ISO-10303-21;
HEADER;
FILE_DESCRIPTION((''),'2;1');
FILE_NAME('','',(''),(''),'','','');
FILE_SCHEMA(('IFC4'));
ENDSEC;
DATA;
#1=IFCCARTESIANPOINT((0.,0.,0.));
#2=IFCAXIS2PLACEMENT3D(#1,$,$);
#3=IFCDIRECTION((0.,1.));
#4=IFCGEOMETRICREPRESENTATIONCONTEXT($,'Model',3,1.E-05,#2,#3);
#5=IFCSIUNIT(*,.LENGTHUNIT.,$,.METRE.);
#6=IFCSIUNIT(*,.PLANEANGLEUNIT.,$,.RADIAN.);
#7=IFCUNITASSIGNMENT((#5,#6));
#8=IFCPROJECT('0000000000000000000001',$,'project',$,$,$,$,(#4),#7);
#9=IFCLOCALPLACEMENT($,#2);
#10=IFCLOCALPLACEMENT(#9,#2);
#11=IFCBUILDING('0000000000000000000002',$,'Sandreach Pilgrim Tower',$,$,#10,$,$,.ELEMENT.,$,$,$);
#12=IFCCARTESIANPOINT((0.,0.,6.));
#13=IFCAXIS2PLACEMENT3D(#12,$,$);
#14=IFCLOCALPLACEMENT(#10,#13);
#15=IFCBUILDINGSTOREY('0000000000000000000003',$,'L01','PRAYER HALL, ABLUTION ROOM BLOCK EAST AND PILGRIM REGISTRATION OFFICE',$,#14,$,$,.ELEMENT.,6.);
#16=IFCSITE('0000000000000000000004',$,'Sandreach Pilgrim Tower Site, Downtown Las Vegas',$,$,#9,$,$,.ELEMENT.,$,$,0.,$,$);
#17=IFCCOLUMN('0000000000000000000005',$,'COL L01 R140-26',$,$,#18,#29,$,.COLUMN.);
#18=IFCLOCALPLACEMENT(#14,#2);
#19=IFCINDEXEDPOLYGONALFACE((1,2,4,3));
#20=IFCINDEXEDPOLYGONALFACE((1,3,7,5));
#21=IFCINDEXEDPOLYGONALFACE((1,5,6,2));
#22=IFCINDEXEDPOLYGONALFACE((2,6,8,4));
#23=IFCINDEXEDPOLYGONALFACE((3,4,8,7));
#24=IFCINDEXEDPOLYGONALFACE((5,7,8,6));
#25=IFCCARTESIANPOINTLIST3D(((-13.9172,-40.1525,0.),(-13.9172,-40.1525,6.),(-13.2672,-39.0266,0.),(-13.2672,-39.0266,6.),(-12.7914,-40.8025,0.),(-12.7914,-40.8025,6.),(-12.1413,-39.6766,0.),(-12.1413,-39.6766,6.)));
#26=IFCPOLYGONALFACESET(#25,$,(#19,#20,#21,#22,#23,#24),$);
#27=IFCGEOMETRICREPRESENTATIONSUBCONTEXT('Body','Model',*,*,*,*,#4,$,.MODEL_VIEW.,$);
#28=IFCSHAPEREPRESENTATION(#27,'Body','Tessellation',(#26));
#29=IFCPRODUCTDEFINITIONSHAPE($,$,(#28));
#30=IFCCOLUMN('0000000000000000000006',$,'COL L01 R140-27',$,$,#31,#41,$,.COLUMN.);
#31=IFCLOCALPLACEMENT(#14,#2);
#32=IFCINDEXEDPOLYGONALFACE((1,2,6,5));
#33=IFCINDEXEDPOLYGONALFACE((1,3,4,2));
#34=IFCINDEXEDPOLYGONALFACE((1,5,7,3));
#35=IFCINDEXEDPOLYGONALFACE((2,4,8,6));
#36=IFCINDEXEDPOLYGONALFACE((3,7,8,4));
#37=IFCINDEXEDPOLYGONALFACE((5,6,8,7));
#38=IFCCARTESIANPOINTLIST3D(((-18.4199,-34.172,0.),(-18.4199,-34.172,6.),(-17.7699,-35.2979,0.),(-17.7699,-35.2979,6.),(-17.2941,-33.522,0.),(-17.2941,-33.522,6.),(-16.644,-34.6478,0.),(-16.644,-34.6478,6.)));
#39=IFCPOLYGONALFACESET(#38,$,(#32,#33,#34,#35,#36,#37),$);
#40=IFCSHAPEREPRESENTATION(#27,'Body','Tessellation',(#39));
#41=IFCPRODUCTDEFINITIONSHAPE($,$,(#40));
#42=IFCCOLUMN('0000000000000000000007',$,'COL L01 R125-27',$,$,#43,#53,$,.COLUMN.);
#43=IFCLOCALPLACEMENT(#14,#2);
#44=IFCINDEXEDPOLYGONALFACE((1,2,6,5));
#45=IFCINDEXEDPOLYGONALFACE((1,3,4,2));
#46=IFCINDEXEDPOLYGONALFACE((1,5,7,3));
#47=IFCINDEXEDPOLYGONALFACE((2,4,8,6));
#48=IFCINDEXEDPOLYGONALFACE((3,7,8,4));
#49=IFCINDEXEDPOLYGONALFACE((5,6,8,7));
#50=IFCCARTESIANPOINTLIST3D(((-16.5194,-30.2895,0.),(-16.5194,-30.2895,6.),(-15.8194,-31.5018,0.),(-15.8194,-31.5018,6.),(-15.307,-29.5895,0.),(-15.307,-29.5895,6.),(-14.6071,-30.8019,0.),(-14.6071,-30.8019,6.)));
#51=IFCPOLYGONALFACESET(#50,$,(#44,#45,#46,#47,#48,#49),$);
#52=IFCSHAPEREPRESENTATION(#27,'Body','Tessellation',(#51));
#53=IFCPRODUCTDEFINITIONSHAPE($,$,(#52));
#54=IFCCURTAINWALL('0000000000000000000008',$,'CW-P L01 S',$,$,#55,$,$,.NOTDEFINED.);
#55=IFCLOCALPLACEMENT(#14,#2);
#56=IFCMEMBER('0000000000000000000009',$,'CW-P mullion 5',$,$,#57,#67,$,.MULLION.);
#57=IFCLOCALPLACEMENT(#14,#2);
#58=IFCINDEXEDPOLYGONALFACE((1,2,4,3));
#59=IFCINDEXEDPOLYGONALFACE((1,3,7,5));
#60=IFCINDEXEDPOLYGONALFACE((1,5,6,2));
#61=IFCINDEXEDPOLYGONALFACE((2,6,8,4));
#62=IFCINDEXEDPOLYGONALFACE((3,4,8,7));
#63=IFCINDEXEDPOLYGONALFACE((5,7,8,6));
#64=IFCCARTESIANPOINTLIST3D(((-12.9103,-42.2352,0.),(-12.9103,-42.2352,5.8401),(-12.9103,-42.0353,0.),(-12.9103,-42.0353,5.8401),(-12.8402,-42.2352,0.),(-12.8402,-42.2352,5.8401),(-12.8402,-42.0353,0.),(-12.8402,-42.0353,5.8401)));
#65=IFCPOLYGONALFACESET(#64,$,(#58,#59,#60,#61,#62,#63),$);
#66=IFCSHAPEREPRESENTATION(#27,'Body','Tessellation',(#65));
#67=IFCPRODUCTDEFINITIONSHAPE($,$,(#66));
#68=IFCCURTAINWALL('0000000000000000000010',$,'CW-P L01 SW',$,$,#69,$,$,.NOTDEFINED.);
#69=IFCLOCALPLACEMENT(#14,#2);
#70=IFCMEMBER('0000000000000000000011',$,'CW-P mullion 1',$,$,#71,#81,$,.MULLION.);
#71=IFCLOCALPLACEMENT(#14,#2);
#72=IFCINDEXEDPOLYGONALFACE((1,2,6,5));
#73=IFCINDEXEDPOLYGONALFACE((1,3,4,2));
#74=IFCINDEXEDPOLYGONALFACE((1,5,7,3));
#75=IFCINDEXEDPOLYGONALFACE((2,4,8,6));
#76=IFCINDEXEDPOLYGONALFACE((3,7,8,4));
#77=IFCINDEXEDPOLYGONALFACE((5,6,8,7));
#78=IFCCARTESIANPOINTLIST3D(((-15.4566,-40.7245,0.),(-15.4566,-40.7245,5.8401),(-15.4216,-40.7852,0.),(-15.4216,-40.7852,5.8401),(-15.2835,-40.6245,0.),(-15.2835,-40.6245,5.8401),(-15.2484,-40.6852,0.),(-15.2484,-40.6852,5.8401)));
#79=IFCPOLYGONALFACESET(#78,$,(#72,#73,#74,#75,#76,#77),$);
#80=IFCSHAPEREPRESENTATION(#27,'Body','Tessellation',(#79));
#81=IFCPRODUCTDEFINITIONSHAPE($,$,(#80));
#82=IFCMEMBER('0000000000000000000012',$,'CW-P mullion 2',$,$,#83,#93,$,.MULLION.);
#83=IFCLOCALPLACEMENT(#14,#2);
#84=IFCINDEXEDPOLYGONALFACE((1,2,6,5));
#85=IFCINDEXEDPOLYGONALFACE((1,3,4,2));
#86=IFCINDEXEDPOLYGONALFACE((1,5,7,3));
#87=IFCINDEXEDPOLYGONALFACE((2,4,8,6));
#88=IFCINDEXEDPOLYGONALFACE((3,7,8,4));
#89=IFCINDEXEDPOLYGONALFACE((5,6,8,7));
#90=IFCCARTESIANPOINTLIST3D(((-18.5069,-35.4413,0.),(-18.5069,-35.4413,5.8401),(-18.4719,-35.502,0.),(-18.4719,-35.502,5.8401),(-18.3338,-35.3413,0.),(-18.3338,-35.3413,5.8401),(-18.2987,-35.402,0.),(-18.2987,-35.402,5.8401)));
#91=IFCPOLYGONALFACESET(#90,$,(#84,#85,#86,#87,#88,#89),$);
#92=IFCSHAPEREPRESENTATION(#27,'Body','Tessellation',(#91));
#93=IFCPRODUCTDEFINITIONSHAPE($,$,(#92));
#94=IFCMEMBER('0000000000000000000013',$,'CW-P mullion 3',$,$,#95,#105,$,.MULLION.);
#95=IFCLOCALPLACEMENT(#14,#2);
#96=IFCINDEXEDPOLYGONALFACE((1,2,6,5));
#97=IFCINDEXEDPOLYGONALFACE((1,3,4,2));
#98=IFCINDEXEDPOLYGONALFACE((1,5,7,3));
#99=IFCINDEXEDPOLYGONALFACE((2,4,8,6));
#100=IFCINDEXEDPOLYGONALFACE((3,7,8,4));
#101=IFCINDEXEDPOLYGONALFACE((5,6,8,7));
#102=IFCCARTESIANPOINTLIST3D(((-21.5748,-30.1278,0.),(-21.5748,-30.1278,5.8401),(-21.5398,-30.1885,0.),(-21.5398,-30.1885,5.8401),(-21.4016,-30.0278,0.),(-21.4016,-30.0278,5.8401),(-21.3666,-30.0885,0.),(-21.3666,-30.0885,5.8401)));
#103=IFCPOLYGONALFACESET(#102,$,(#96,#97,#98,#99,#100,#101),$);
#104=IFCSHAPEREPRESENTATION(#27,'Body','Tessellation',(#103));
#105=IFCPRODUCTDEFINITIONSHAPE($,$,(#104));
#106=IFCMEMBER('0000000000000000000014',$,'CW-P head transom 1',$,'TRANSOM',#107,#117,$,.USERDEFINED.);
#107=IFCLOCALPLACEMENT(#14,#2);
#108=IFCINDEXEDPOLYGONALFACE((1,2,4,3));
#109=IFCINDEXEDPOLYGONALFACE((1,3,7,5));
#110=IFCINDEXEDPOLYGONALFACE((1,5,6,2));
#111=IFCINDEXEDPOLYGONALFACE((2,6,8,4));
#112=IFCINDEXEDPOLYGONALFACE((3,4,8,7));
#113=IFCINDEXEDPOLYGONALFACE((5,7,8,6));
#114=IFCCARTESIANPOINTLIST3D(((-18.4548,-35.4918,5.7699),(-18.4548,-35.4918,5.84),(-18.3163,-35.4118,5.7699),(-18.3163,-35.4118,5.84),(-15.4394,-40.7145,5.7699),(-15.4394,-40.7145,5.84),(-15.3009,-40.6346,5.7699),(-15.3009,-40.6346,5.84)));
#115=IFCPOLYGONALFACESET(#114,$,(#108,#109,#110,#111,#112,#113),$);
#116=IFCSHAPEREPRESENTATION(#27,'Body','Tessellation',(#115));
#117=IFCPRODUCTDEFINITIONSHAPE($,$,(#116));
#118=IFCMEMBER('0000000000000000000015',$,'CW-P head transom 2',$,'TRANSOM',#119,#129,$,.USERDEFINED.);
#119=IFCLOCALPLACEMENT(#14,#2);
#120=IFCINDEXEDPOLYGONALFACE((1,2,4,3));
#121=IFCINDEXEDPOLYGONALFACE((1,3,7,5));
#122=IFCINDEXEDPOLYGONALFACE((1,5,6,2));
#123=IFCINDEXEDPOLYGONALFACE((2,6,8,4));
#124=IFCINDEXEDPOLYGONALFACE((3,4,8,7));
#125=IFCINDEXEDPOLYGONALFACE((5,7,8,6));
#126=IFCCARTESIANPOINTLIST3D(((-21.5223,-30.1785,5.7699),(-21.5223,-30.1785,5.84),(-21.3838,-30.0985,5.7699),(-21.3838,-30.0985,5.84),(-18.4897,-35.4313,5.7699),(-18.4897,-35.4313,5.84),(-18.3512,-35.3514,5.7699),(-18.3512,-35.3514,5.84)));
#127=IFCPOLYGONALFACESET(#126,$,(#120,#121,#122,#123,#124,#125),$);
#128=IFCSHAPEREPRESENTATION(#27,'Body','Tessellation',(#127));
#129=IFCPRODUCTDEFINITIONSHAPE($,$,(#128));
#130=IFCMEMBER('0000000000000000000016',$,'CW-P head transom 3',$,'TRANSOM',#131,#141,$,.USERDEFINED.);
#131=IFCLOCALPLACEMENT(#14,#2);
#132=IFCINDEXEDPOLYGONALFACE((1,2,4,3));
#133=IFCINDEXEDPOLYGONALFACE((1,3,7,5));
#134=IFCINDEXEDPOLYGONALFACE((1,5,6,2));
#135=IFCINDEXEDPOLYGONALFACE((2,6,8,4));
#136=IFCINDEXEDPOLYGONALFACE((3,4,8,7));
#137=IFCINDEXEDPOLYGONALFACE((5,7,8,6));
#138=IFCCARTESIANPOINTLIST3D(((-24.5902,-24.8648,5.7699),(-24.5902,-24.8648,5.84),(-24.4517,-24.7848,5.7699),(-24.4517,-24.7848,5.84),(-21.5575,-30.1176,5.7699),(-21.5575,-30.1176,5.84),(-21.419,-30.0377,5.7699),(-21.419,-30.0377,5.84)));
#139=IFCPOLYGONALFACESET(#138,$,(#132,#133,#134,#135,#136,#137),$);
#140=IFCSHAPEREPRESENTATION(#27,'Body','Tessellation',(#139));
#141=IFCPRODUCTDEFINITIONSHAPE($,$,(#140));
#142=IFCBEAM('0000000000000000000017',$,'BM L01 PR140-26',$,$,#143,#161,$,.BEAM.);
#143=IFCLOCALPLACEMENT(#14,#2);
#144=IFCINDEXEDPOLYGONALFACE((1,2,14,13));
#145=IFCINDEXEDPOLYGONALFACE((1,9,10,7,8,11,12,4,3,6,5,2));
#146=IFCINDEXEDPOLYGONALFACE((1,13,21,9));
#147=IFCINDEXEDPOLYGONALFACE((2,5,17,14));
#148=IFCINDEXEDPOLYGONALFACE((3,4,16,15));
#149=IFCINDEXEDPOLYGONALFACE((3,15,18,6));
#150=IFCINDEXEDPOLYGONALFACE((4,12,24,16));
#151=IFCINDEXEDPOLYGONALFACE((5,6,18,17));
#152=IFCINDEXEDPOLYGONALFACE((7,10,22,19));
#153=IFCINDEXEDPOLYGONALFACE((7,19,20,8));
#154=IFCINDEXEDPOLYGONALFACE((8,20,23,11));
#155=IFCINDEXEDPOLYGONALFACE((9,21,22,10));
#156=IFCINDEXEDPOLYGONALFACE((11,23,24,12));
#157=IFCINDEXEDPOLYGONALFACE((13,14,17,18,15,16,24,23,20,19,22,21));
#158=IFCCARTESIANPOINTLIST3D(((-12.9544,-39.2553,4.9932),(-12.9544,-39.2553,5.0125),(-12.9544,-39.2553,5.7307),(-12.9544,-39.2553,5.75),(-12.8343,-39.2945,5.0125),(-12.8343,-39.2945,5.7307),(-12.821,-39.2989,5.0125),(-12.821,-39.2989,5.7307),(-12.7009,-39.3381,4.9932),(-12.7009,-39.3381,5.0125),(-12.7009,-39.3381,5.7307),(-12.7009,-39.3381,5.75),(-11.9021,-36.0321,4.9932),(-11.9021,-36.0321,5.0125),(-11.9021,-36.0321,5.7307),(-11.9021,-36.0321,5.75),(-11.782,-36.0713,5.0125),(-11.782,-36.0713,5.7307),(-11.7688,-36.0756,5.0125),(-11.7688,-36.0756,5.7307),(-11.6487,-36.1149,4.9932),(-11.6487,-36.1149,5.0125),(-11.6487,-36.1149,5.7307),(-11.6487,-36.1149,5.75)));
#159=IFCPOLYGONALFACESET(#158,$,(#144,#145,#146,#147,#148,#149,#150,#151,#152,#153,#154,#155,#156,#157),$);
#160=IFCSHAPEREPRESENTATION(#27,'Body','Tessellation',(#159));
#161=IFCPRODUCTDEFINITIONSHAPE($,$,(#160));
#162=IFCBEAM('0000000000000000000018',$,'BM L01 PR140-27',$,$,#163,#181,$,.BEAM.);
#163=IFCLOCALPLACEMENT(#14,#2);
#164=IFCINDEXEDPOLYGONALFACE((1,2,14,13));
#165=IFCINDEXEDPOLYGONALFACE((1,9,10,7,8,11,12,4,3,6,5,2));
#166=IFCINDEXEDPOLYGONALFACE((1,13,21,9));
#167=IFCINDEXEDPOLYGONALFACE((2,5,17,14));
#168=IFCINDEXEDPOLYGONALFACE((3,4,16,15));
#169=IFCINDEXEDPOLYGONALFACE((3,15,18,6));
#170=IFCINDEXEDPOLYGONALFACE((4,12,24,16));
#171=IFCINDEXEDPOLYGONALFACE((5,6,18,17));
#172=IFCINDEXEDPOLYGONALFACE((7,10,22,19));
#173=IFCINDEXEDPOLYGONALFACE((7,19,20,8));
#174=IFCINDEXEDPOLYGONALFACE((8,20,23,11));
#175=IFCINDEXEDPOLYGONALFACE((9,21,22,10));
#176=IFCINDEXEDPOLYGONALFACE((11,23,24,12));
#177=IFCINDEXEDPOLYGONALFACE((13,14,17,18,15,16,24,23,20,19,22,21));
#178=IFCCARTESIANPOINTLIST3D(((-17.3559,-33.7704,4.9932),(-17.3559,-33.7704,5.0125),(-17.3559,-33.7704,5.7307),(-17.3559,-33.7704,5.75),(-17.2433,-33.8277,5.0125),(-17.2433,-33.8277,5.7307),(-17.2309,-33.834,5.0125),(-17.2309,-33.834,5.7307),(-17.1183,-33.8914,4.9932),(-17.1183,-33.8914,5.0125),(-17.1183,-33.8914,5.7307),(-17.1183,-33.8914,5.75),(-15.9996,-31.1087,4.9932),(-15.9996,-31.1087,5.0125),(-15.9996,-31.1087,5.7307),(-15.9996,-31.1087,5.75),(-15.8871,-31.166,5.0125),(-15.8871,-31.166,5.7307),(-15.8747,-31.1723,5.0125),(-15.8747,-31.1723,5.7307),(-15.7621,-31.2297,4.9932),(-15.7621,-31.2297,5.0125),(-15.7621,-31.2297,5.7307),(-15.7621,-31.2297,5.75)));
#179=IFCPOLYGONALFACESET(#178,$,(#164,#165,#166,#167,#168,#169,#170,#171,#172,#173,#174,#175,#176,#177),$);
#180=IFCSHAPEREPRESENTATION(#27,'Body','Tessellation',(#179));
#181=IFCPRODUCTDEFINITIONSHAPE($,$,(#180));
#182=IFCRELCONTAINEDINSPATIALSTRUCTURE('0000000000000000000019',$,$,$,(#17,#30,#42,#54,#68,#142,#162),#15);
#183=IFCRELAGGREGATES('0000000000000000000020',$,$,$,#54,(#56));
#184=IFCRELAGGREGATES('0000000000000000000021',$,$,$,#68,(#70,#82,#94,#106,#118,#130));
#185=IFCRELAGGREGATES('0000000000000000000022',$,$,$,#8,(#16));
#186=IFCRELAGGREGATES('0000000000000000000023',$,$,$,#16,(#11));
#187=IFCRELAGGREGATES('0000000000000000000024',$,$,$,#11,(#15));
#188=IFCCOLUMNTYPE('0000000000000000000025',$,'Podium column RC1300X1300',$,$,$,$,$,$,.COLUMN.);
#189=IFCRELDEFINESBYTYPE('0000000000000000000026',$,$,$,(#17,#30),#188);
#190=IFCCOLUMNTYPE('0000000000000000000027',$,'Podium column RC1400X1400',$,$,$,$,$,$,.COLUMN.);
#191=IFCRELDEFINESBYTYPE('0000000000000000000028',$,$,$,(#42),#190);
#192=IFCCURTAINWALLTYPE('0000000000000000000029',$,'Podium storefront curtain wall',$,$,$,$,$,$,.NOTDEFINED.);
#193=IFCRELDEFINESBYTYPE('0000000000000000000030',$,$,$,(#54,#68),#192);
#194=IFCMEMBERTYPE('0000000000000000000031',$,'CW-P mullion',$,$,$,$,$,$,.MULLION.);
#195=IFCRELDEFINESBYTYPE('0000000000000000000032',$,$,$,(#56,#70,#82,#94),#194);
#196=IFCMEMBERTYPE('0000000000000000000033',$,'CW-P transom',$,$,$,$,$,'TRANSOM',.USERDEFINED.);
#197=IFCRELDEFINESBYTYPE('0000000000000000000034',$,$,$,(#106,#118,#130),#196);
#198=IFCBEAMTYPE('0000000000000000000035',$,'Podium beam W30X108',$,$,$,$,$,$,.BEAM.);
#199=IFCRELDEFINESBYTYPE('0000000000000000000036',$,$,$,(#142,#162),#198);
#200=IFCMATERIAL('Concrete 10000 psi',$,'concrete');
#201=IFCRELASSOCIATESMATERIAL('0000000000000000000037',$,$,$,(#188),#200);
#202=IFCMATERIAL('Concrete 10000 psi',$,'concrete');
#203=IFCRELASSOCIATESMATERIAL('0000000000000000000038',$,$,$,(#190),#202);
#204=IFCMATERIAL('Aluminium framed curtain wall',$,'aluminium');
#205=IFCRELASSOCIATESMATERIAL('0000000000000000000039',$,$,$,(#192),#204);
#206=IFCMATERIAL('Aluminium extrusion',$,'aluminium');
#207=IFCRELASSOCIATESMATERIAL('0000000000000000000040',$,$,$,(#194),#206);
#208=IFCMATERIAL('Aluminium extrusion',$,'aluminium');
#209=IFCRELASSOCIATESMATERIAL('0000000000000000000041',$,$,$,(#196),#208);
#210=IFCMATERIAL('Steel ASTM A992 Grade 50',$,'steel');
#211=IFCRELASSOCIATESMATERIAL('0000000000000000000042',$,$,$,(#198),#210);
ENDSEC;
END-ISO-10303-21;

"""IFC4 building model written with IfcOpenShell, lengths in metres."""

from ifc_helpers import new_model, si_unit, direction, frame, origin, origin_2d, place, context, subcontext, project, spatial, rectangle, i_section, extrude, material, material_profile, profile_set, type_object, element, aggregate, save


model = new_model("IFC4")

# Units and contexts
model_context = context("Model", 3, precision=1e-05, world=origin(), true_north=direction((0.0, 1.0)))
body_context = subcontext(model_context, "Body", "Model", "MODEL_VIEW")
ifc_project = project(units=[si_unit("LENGTHUNIT", "METRE"), si_unit("PLANEANGLEUNIT", "RADIAN")], contexts=[model_context])

# Site, building, storey
site_placement = place(None, origin())
site = spatial("IfcSite", under=ifc_project, at=site_placement, Name="Sandreach Pilgrim Tower Site, Downtown Las Vegas", CompositionType="ELEMENT", RefElevation=0.0)
building_placement = place(site_placement, origin())
building = spatial("IfcBuilding", under=site, at=building_placement, Name="Sandreach Pilgrim Tower", CompositionType="ELEMENT")
storey_placement = place(building_placement, frame((0.0, 0.0, 6.0)))
storey = spatial("IfcBuildingStorey", under=building, at=storey_placement, Name="L01", Description="PRAYER HALL, ABLUTION ROOM BLOCK EAST AND PILGRIM REGISTRATION OFFICE", CompositionType="ELEMENT", Elevation=6.0)

# Columns
ifc_material_1 = material(Name="Concrete 10000 psi", Category="concrete")
ifc_material_profile_1 = material_profile(ifc_material_1, rectangle(XDim=1.3, YDim=1.3, at=origin_2d()), Name="RC1300X1300")
ifc_profile_set_1 = profile_set([ifc_material_profile_1], Name="Concrete 10000 psi")
column_type_1 = type_object("IfcColumnType", Name="Podium column RC1300X1300", PredefinedType="COLUMN", material=ifc_profile_set_1)
for number, where, z_axis, x_axis, name in (
    (1, (-13.0293, -39.9146, 0.0), (0.0, 0.0, 1.0), (-0.5, -0.866025, 0.0), "COL L01 R140-26"),
    (2, (-17.532, -34.4099, 0.0), (0.0, 0.0, 1.0), (-0.866025, -0.5, 0.0), "COL L01 R140-27"),
):
    element("IfcColumn", number, at=place(storey_placement, frame(where, z_axis=z_axis, x_axis=x_axis)), inside=storey, type_object=column_type_1, Name=name, PredefinedType="COLUMN", context=body_context, shape_type="SweptSolid", body=[
        extrude(rectangle(XDim=1.3, YDim=1.3, at=origin_2d()), origin(), (0.0, 0.0, 1.0), 6.0),
    ])
ifc_material_2 = material(Name="Concrete 10000 psi", Category="concrete")
ifc_material_profile_2 = material_profile(ifc_material_2, rectangle(XDim=1.3999, YDim=1.3999, at=origin_2d()), Name="RC1400X1400")
ifc_profile_set_2 = profile_set([ifc_material_profile_2], Name="Concrete 10000 psi")
column_type_2 = type_object("IfcColumnType", Name="Podium column RC1400X1400", PredefinedType="COLUMN", material=ifc_profile_set_2)
column_placement = place(storey_placement, frame((-15.5632, -30.5457, 0.0), z_axis=(0.0, 0.0, 1.0), x_axis=(-0.866025, -0.5, 0.0)))
element("IfcColumn", 3, at=column_placement, inside=storey, type_object=column_type_2, Name="COL L01 R125-27", PredefinedType="COLUMN", context=body_context, shape_type="SweptSolid", body=[
    extrude(rectangle(XDim=1.3999, YDim=1.3999, at=origin_2d()), origin(), (0.0, 0.0, 1.0), 6.0),
])

# Curtain wall, member
ifc_material_3 = material(Name="Aluminium framed curtain wall", Category="aluminium")
curtain_wall_type = type_object("IfcCurtainWallType", Name="Podium storefront curtain wall", PredefinedType="NOTDEFINED", material=ifc_material_3)
curtain_wall_1_placement = place(storey_placement, origin())
curtain_wall_1 = element("IfcCurtainWall", 4, at=curtain_wall_1_placement, inside=storey, type_object=curtain_wall_type, Name="CW-P L01 S", PredefinedType="NOTDEFINED")
ifc_material_4 = material(Name="Aluminium extrusion", Category="aluminium")
ifc_material_profile_3 = material_profile(ifc_material_4, rectangle(XDim=0.0701, YDim=0.2, at=origin_2d()), Name="CW-PM 70X200")
ifc_profile_set_3 = profile_set([ifc_material_profile_3], Name="Aluminium extrusion")
member_type_1 = type_object("IfcMemberType", Name="CW-P mullion", PredefinedType="MULLION", material=ifc_profile_set_3)
member_1_placement = place(storey_placement, frame((-12.8752, -42.1353, 0.0), z_axis=(0.0, 0.0, 1.0), x_axis=(-1.0, 0.0, 0.0)))
member_1 = element("IfcMember", 5, at=member_1_placement, type_object=member_type_1, Name="CW-P mullion 5", PredefinedType="MULLION", context=body_context, shape_type="SweptSolid", body=[
    extrude(rectangle(XDim=0.0701, YDim=0.2, at=origin_2d()), origin(), (0.0, 0.0, 1.0), 5.8401),
])
aggregate(curtain_wall_1, [member_1])

# Curtain wall, members
curtain_wall_2_placement = place(storey_placement, origin())
curtain_wall_2 = element("IfcCurtainWall", 6, at=curtain_wall_2_placement, inside=storey, type_object=curtain_wall_type, Name="CW-P L01 SW", PredefinedType="NOTDEFINED")
member_2_placement = place(storey_placement, frame((-15.3525, -40.7048, 0.0), z_axis=(0.0, 0.0, 1.0), x_axis=(-0.5, 0.866025, 0.0)))
member_2 = element("IfcMember", 7, at=member_2_placement, type_object=member_type_1, Name="CW-P mullion 1", PredefinedType="MULLION", context=body_context, shape_type="SweptSolid", body=[
    extrude(rectangle(XDim=0.0701, YDim=0.2, at=origin_2d()), origin(), (0.0, 0.0, 1.0), 5.8401),
])
member_3_placement = place(storey_placement, frame((-18.4028, -35.4216, 0.0), z_axis=(0.0, 0.0, 1.0), x_axis=(-0.5, 0.866025, 0.0)))
member_3 = element("IfcMember", 8, at=member_3_placement, type_object=member_type_1, Name="CW-P mullion 2", PredefinedType="MULLION", context=body_context, shape_type="SweptSolid", body=[
    extrude(rectangle(XDim=0.0701, YDim=0.2, at=origin_2d()), origin(), (0.0, 0.0, 1.0), 5.8401),
])
member_4_placement = place(storey_placement, frame((-21.4707, -30.1082, 0.0), z_axis=(0.0, 0.0, 1.0), x_axis=(-0.5, 0.866025, 0.0)))
member_4 = element("IfcMember", 9, at=member_4_placement, type_object=member_type_1, Name="CW-P mullion 3", PredefinedType="MULLION", context=body_context, shape_type="SweptSolid", body=[
    extrude(rectangle(XDim=0.0701, YDim=0.2, at=origin_2d()), origin(), (0.0, 0.0, 1.0), 5.8401),
])
ifc_material_5 = material(Name="Aluminium extrusion", Category="aluminium")
ifc_material_profile_4 = material_profile(ifc_material_5, rectangle(XDim=0.1599, YDim=0.0701, at=origin_2d()), Name="CW-PT 160X70")
ifc_profile_set_4 = profile_set([ifc_material_profile_4], Name="Aluminium extrusion")
member_type_2 = type_object("IfcMemberType", Name="CW-P transom", ElementType="TRANSOM", PredefinedType="USERDEFINED", material=ifc_profile_set_4)
member_5_placement = place(storey_placement, frame((-15.3701, -40.6746, 5.8049), z_axis=(-0.50001, 0.86602, 0.0), x_axis=(-0.86602, -0.50001, 0.0)))
member_5 = element("IfcMember", 10, at=member_5_placement, type_object=member_type_2, Name="CW-P head transom 1", ObjectType="TRANSOM", PredefinedType="USERDEFINED", context=body_context, shape_type="SweptSolid", body=[
    extrude(rectangle(XDim=0.1599, YDim=0.0701, at=origin_2d()), origin(), (0.0, 0.0, 1.0), 6.0308),
])
member_6_placement = place(storey_placement, frame((-18.4204, -35.3914, 5.8049), z_axis=(-0.499992, 0.86603, 0.0), x_axis=(-0.86603, -0.499992, 0.0)))
member_6 = element("IfcMember", 11, at=member_6_placement, type_object=member_type_2, Name="CW-P head transom 2", ObjectType="TRANSOM", PredefinedType="USERDEFINED", context=body_context, shape_type="SweptSolid", body=[
    extrude(rectangle(XDim=0.1599, YDim=0.0701, at=origin_2d()), origin(), (0.0, 0.0, 1.0), 6.0654),
])
member_7_placement = place(storey_placement, frame((-21.4883, -30.0776, 5.8049), z_axis=(-0.499992, 0.86603, 0.0), x_axis=(-0.86603, -0.499992, 0.0)))
member_7 = element("IfcMember", 12, at=member_7_placement, type_object=member_type_2, Name="CW-P head transom 3", ObjectType="TRANSOM", PredefinedType="USERDEFINED", context=body_context, shape_type="SweptSolid", body=[
    extrude(rectangle(XDim=0.1599, YDim=0.0701, at=origin_2d()), origin(), (0.0, 0.0, 1.0), 6.0654),
])

# Beams
ifc_material_6 = material(Name="Steel ASTM A992 Grade 50", Category="steel")
ifc_material_profile_5 = material_profile(ifc_material_6, i_section(OverallWidth=0.2666, OverallDepth=0.7568, WebThickness=0.0139, FlangeThickness=0.0193, at=origin_2d()), Name="W30X108")
ifc_profile_set_5 = profile_set([ifc_material_profile_5], Name="Steel ASTM A992 Grade 50")
beam_type_1 = type_object("IfcBeamType", Name="Podium beam W30X108", PredefinedType="BEAM", material=ifc_profile_set_5)
beam_1_placement = place(storey_placement, frame((-11.7754, -36.0735, 5.3716), z_axis=(-0.310346, -0.950624, 0.0), x_axis=(0.950624, -0.310346, 0.0)))
element("IfcBeam", 13, at=beam_1_placement, inside=storey, type_object=beam_type_1, Name="BM L01 PR140-26", PredefinedType="BEAM", context=body_context, shape_type="SweptSolid", body=[
    extrude(i_section(OverallWidth=0.2666, OverallDepth=0.7568, WebThickness=0.0139, FlangeThickness=0.0193, at=origin_2d()), origin(), (0.0, 0.0, 1.0), 3.3906),
])
beam_2_placement = place(storey_placement, frame((-15.8809, -31.1692, 5.3716), z_axis=(-0.454, -0.891001, 0.0), x_axis=(0.891001, -0.454, 0.0)))
element("IfcBeam", 14, at=beam_2_placement, inside=storey, type_object=beam_type_1, Name="BM L01 PR140-27", PredefinedType="BEAM", context=body_context, shape_type="SweptSolid", body=[
    extrude(i_section(OverallWidth=0.2666, OverallDepth=0.7568, WebThickness=0.0139, FlangeThickness=0.0193, at=origin_2d()), origin(), (0.0, 0.0, 1.0), 2.9873),
])

aggregate(curtain_wall_2, [member_2, member_3, member_4, member_5, member_6, member_7])

save(model, "model.ifc")
